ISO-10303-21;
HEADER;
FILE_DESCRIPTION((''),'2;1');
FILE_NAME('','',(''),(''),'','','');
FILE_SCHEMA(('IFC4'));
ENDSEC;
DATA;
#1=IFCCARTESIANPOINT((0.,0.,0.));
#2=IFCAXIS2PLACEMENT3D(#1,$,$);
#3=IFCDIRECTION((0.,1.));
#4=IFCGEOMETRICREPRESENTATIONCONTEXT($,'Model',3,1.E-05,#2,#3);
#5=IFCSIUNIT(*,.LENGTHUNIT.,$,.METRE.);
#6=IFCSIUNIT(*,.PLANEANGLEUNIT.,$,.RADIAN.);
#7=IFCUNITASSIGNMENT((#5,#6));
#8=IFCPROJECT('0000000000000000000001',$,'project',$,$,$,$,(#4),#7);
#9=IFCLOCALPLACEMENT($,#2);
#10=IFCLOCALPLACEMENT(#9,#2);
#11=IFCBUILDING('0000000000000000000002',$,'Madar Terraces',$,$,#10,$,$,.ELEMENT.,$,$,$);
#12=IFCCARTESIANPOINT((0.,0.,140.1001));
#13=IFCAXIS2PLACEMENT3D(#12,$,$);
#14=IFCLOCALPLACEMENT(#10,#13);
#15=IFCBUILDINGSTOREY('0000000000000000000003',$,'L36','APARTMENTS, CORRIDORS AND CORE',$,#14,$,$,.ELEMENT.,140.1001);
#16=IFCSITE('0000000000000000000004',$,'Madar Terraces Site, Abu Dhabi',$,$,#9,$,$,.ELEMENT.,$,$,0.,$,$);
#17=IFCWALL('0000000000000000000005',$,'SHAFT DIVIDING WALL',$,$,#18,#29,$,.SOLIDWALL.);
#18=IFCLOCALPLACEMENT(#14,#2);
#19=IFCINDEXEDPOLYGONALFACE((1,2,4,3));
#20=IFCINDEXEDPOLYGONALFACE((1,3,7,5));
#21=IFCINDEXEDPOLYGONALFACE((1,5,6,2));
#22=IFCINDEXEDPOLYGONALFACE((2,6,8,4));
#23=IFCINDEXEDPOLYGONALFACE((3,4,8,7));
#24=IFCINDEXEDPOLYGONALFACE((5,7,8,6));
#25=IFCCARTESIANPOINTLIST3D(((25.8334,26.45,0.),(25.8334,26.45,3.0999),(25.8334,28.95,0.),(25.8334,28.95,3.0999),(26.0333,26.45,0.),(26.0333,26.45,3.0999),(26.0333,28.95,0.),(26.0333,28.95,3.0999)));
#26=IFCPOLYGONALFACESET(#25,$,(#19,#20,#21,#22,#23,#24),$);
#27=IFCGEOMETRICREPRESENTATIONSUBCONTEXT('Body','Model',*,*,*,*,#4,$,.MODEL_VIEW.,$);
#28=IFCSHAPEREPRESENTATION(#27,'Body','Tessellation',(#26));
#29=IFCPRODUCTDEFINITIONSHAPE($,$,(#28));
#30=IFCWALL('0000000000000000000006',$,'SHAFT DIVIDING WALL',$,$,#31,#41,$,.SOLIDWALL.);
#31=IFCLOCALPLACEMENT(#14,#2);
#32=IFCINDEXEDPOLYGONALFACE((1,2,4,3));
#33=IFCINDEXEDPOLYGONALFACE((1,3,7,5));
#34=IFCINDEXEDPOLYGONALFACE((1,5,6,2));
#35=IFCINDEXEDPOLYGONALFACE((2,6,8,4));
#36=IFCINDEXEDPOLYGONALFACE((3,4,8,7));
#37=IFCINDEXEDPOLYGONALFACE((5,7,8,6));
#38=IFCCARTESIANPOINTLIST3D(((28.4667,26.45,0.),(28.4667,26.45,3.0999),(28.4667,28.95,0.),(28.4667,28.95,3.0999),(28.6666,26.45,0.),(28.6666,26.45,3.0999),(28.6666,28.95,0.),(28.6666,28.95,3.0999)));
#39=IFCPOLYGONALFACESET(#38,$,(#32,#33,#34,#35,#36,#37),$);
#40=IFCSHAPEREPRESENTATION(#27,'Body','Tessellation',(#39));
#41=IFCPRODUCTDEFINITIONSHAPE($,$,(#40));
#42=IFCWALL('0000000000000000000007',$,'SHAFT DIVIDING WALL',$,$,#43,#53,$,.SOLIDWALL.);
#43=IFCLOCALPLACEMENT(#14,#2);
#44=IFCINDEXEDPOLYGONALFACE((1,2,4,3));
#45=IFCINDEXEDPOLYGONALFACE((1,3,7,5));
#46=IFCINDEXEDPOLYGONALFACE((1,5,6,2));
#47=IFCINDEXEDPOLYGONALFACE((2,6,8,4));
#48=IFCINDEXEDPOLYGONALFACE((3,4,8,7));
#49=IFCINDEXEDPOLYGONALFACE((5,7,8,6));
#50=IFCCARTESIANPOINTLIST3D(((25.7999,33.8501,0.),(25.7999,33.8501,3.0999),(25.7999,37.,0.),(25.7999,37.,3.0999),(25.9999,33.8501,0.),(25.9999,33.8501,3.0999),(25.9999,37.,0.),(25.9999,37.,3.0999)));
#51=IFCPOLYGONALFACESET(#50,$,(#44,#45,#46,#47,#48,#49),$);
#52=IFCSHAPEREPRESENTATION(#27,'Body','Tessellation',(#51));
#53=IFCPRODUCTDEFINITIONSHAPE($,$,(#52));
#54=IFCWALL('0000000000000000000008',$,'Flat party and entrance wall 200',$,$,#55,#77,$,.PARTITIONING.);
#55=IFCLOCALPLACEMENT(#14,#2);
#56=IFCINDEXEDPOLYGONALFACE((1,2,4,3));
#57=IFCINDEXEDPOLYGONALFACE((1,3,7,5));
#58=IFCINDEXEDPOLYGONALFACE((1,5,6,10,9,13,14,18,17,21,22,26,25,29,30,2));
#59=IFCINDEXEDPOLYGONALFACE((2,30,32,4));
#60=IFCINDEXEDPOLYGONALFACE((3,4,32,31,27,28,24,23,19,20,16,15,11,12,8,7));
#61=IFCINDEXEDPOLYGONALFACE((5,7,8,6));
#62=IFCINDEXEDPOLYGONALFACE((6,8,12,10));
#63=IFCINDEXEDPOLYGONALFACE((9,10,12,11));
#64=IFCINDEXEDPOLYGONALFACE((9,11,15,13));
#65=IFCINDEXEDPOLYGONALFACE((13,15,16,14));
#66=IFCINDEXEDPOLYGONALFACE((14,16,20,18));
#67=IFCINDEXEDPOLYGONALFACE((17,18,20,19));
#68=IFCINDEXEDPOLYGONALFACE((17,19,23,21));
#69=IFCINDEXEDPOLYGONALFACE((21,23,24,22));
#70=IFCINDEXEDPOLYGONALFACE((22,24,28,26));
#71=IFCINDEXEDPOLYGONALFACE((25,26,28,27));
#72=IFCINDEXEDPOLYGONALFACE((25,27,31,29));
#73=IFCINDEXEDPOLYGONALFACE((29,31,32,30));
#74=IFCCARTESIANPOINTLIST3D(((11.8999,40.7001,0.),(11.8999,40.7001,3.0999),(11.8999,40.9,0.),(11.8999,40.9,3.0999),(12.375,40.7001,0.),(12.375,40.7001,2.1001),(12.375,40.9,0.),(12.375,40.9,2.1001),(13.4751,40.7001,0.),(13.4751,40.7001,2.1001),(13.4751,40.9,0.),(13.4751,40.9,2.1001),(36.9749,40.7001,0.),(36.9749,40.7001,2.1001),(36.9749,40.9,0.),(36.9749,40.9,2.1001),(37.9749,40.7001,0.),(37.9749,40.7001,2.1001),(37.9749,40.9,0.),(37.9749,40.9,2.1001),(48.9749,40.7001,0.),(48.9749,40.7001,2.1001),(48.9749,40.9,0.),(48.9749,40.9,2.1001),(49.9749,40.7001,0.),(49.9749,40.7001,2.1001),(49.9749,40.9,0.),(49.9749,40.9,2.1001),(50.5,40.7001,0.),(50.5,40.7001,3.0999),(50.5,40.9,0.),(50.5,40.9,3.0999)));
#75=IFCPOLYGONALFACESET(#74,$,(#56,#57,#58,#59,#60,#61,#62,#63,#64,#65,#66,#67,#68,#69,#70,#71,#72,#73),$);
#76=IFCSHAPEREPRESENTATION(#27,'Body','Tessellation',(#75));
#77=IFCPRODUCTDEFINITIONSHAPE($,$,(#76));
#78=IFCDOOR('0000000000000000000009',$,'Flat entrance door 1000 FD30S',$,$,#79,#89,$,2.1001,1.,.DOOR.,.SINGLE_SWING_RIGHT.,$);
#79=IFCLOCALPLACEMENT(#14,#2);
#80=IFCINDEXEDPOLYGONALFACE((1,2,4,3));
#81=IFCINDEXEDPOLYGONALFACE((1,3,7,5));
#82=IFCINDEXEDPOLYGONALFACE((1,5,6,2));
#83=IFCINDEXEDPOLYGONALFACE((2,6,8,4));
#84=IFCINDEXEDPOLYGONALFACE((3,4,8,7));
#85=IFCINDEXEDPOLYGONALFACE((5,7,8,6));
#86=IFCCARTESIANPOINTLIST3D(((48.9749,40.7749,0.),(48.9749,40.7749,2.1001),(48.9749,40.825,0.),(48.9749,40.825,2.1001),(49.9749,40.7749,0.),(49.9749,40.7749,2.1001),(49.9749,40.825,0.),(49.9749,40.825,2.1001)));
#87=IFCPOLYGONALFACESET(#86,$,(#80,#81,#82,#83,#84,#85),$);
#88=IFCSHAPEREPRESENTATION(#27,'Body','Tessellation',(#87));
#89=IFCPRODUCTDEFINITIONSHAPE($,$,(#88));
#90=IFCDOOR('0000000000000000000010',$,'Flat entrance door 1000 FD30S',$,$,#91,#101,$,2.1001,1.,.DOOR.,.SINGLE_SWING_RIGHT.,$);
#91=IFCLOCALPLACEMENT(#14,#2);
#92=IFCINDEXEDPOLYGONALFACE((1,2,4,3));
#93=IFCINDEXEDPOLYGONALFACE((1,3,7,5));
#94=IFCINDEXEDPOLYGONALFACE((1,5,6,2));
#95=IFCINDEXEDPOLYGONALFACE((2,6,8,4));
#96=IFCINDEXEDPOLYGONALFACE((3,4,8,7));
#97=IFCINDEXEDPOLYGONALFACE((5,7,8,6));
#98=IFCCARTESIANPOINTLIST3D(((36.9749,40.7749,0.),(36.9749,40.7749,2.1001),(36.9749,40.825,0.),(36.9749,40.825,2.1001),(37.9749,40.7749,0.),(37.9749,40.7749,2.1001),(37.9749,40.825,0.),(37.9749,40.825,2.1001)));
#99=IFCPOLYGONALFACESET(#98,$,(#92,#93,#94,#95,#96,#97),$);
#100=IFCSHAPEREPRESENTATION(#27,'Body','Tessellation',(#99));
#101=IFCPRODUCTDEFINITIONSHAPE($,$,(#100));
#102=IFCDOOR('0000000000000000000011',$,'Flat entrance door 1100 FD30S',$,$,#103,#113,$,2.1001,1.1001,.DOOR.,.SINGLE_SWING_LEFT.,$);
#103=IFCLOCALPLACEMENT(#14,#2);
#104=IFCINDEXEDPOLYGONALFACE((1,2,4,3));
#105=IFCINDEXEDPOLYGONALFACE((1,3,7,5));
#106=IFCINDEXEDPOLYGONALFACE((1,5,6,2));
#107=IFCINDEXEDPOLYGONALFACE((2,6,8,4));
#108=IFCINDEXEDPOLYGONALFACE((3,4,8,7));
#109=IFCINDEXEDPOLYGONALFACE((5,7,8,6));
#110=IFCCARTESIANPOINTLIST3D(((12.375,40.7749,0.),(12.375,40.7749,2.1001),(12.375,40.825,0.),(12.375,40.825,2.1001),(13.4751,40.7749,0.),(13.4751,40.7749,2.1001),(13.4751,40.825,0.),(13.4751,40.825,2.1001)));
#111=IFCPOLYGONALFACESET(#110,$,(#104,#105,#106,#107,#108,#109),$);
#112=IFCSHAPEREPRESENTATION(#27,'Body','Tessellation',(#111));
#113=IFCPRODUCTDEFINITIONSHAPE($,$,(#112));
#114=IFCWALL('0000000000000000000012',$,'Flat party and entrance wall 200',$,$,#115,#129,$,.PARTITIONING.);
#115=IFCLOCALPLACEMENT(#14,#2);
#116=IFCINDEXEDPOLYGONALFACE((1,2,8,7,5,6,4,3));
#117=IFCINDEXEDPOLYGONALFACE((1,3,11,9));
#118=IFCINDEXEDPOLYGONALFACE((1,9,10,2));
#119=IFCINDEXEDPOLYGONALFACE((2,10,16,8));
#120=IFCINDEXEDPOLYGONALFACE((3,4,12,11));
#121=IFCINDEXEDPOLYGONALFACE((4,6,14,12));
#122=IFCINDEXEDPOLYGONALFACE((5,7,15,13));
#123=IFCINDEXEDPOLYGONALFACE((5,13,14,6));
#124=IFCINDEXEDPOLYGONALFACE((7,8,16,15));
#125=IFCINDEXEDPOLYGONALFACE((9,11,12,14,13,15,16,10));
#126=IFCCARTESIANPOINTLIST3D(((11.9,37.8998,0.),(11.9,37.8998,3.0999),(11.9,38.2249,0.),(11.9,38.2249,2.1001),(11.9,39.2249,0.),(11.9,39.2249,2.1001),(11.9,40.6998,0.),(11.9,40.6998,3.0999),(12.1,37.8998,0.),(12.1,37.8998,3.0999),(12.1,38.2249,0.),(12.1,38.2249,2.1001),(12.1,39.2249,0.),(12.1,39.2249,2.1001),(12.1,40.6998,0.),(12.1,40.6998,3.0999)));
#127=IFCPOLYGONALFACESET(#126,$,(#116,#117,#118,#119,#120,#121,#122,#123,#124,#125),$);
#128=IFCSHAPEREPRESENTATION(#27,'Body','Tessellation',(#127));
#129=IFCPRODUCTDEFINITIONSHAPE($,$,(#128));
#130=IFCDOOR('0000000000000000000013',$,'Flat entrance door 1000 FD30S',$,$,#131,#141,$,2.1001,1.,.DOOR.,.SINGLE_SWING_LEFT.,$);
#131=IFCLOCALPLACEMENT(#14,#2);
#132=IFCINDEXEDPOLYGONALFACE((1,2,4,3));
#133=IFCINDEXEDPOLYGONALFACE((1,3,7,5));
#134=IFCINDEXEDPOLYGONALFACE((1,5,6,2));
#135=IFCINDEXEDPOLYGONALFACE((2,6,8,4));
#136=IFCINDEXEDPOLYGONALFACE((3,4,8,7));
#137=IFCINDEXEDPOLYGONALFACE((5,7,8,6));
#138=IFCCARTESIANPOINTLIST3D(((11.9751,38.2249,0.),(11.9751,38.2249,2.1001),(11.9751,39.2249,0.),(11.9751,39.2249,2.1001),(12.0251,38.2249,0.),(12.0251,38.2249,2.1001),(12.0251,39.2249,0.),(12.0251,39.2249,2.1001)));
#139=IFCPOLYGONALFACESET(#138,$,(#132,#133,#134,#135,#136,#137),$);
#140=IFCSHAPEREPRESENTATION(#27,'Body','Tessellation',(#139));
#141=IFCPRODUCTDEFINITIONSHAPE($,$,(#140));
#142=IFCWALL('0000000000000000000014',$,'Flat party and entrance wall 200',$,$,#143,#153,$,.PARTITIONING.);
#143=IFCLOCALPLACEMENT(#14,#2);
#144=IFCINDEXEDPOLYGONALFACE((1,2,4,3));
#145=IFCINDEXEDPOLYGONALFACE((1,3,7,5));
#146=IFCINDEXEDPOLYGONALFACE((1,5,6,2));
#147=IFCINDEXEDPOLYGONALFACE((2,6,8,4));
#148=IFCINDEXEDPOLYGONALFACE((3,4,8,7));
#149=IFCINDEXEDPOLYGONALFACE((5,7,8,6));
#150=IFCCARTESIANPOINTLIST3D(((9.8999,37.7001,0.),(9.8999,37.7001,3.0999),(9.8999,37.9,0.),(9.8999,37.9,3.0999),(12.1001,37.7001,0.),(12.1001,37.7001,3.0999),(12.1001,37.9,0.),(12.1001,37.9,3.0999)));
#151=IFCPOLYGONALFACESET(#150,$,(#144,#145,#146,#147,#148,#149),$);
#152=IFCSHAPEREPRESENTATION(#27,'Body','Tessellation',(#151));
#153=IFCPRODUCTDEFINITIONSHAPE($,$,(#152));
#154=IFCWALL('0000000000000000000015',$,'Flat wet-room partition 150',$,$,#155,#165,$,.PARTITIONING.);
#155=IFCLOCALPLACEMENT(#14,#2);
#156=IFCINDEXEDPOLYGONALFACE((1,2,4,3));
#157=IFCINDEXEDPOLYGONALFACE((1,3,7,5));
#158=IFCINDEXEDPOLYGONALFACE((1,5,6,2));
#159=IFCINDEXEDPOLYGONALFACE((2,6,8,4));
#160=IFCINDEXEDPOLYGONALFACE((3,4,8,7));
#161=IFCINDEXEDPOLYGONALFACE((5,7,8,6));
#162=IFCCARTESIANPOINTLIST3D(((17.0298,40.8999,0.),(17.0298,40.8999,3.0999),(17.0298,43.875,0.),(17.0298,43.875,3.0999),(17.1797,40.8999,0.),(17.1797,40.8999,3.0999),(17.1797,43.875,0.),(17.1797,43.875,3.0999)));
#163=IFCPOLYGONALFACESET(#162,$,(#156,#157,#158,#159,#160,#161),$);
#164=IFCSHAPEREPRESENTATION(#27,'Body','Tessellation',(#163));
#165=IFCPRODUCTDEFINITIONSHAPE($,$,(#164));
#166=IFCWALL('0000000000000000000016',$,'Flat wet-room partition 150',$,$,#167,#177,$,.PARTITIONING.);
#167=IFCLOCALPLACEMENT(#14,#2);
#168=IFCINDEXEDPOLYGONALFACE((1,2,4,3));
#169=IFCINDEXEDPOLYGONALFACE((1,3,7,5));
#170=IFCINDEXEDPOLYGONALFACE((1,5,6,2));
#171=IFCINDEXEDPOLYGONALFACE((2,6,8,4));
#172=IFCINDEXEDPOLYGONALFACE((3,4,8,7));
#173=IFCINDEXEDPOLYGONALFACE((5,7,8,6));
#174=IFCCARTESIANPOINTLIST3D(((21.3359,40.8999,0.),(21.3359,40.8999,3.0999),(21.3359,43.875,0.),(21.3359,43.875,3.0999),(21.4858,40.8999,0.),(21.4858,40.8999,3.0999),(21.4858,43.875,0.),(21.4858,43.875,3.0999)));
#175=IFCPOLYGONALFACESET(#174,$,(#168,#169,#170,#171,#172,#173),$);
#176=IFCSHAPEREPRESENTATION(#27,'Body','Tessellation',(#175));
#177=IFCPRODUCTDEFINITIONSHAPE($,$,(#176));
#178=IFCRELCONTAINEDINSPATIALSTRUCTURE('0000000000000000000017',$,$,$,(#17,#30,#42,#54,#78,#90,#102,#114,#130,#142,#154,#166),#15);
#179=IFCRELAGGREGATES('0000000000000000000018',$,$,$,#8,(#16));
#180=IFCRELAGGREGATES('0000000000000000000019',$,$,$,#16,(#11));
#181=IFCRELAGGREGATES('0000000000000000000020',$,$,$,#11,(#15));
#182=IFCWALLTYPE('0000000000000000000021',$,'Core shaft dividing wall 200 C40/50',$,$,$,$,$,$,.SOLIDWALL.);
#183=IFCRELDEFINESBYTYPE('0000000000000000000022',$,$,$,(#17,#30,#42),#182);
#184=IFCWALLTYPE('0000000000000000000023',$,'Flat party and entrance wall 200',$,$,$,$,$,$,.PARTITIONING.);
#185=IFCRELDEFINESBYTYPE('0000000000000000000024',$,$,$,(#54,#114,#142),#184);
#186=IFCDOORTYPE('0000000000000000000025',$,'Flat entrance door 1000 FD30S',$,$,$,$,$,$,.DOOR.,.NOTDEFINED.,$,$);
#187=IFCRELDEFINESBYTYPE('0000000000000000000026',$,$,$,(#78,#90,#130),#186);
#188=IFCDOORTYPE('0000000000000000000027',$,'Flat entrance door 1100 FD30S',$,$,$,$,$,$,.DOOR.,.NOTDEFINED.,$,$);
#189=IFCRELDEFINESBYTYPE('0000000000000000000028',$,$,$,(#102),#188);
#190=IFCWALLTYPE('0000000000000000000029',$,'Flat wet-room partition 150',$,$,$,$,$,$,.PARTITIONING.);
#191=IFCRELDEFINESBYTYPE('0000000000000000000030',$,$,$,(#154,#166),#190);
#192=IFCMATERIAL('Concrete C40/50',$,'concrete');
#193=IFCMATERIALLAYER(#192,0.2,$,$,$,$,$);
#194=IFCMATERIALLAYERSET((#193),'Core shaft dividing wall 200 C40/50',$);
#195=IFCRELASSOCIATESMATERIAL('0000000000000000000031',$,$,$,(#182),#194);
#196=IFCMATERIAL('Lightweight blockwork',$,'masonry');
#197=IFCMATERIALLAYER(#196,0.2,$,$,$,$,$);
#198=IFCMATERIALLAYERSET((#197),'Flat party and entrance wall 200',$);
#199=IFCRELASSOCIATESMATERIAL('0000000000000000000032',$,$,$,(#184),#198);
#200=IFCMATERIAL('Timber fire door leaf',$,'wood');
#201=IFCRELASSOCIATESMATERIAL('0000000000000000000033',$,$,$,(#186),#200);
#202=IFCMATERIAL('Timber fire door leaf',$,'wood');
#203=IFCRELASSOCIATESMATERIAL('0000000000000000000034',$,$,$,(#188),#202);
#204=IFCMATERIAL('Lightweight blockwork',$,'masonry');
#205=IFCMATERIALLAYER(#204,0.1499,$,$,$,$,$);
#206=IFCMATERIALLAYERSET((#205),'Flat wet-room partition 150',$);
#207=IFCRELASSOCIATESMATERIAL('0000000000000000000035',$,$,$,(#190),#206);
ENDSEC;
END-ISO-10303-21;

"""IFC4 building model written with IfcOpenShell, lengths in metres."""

from ifc_helpers import new_model, si_unit, direction, frame, frame_2d, origin, place, context, subcontext, project, spatial, rectangle, extrude, material, layer, layer_set, type_object, element, fill, save


model = new_model("IFC4")

# Units and contexts
model_context = context("Model", 3, precision=1e-05, world=origin(), true_north=direction((0.0, 1.0)))
body_context = subcontext(model_context, "Body", "Model", "MODEL_VIEW")
ifc_project = project(units=[si_unit("LENGTHUNIT", "METRE"), si_unit("PLANEANGLEUNIT", "RADIAN")], contexts=[model_context])

# Site, building, storey
site_placement = place(None, origin())
site = spatial("IfcSite", under=ifc_project, at=site_placement, Name="Madar Terraces Site, Abu Dhabi", CompositionType="ELEMENT", RefElevation=0.0)
building_placement = place(site_placement, origin())
building = spatial("IfcBuilding", under=site, at=building_placement, Name="Madar Terraces", CompositionType="ELEMENT")
storey_placement = place(building_placement, frame((0.0, 0.0, 140.1001)))
storey = spatial("IfcBuildingStorey", under=building, at=storey_placement, Name="L36", Description="APARTMENTS, CORRIDORS AND CORE", CompositionType="ELEMENT", Elevation=140.1001)

# Walls
ifc_material_1 = material(Name="Concrete C40/50", Category="concrete")
ifc_layer_1 = layer(ifc_material_1, 0.2)
ifc_layer_set_1 = layer_set([ifc_layer_1], Name="Core shaft dividing wall 200 C40/50")
wall_type_1 = type_object("IfcWallType", Name="Core shaft dividing wall 200 C40/50", PredefinedType="SOLIDWALL", material=ifc_layer_set_1)
for number, where, z_axis, x_axis, name in (
    (1, (25.9333, 26.45, 0.0), (0.0, 0.0, 1.0), (0.0, 1.0, 0.0), "SHAFT DIVIDING WALL"),
    (2, (28.5667, 26.45, 0.0), (0.0, 0.0, 1.0), (0.0, 1.0, 0.0), "SHAFT DIVIDING WALL"),
):
    element("IfcWall", number, at=place(storey_placement, frame(where, z_axis=z_axis, x_axis=x_axis)), inside=storey, type_object=wall_type_1, Name=name, PredefinedType="SOLIDWALL", context=body_context, shape_type="SweptSolid", body=[
        extrude(rectangle(XDim=2.5, YDim=0.2, at=frame_2d((1.25, 0.0))), origin(), (0.0, 0.0, 1.0), 3.0999),
    ])
wall_1_placement = place(storey_placement, frame((25.8999, 33.8501, 0.0), z_axis=(0.0, 0.0, 1.0), x_axis=(0.0, 1.0, 0.0)))
element("IfcWall", 3, at=wall_1_placement, inside=storey, type_object=wall_type_1, Name="SHAFT DIVIDING WALL", PredefinedType="SOLIDWALL", context=body_context, shape_type="SweptSolid", body=[
    extrude(rectangle(XDim=3.1499, YDim=0.2, at=frame_2d((1.575, 0.0))), origin(), (0.0, 0.0, 1.0), 3.0999),
])

# Wall, openings, doors
ifc_material_2 = material(Name="Lightweight blockwork", Category="masonry")
ifc_layer_2 = layer(ifc_material_2, 0.2)
ifc_layer_set_2 = layer_set([ifc_layer_2], Name="Flat party and entrance wall 200")
wall_type_2 = type_object("IfcWallType", Name="Flat party and entrance wall 200", PredefinedType="PARTITIONING", material=ifc_layer_set_2)
wall_2_placement = place(storey_placement, frame((11.8999, 40.8, 0.0), z_axis=(0.0, 0.0, 1.0), x_axis=(1.0, 0.0, 0.0)))
wall_2 = element("IfcWall", 4, at=wall_2_placement, inside=storey, type_object=wall_type_2, Name="Flat party and entrance wall 200", PredefinedType="PARTITIONING", context=body_context, shape_type="SweptSolid", body=[
    extrude(rectangle(XDim=38.6001, YDim=0.2, at=frame_2d((19.3, 0.0))), origin(), (0.0, 0.0, 1.0), 3.0999),
])
opening_1_placement = place(wall_2_placement, frame((37.075, 0.0, 0.0)))
opening_1 = element("IfcOpeningElement", 5, at=opening_1_placement, cuts=wall_2, PredefinedType="OPENING", context=body_context, shape_type="SweptSolid", body=[
    extrude(rectangle(XDim=1.0, YDim=2.1001, at=frame_2d((0.5, 1.05))), frame((0.0, 0.1099, 0.0), z_axis=(0.0, -1.0, 0.0), x_axis=(1.0, 0.0, 0.0)), (0.0, 0.0, 1.0), 0.22),
])
opening_2_placement = place(wall_2_placement, frame((25.075, 0.0, 0.0)))
opening_2 = element("IfcOpeningElement", 6, at=opening_2_placement, cuts=wall_2, PredefinedType="OPENING", context=body_context, shape_type="SweptSolid", body=[
    extrude(rectangle(XDim=1.0, YDim=2.1001, at=frame_2d((0.5, 1.05))), frame((0.0, 0.1099, 0.0), z_axis=(0.0, -1.0, 0.0), x_axis=(1.0, 0.0, 0.0)), (0.0, 0.0, 1.0), 0.22),
])
opening_3_placement = place(wall_2_placement, frame((0.4751, 0.0, 0.0)))
opening_3 = element("IfcOpeningElement", 7, at=opening_3_placement, cuts=wall_2, PredefinedType="OPENING", context=body_context, shape_type="SweptSolid", body=[
    extrude(rectangle(XDim=1.1001, YDim=2.1001, at=frame_2d((0.55, 1.05))), frame((0.0, 0.1099, 0.0), z_axis=(0.0, -1.0, 0.0), x_axis=(1.0, 0.0, 0.0)), (0.0, 0.0, 1.0), 0.22),
])
ifc_material_3 = material(Name="Timber fire door leaf", Category="wood")
door_type_1 = type_object("IfcDoorType", Name="Flat entrance door 1000 FD30S", OperationType="NOTDEFINED", PredefinedType="DOOR", material=ifc_material_3)
door_1_placement = place(opening_1_placement, origin())
door_1 = element("IfcDoor", 8, at=door_1_placement, inside=storey, type_object=door_type_1, Name="Flat entrance door 1000 FD30S", OperationType="SINGLE_SWING_RIGHT", OverallHeight=2.1001, OverallWidth=1.0, PredefinedType="DOOR", context=body_context, shape_type="SweptSolid", body=[
    extrude(rectangle(XDim=1.0, YDim=2.1001, at=frame_2d((0.5, 1.05))), frame((0.0, 0.0249, 0.0), z_axis=(0.0, -1.0, 0.0), x_axis=(1.0, 0.0, 0.0)), (0.0, 0.0, 1.0), 0.05),
])
fill(opening_1, door_1)
door_2_placement = place(opening_2_placement, origin())
door_2 = element("IfcDoor", 9, at=door_2_placement, inside=storey, type_object=door_type_1, Name="Flat entrance door 1000 FD30S", OperationType="SINGLE_SWING_RIGHT", OverallHeight=2.1001, OverallWidth=1.0, PredefinedType="DOOR", context=body_context, shape_type="SweptSolid", body=[
    extrude(rectangle(XDim=1.0, YDim=2.1001, at=frame_2d((0.5, 1.05))), frame((0.0, 0.0249, 0.0), z_axis=(0.0, -1.0, 0.0), x_axis=(1.0, 0.0, 0.0)), (0.0, 0.0, 1.0), 0.05),
])
fill(opening_2, door_2)
ifc_material_4 = material(Name="Timber fire door leaf", Category="wood")
door_type_2 = type_object("IfcDoorType", Name="Flat entrance door 1100 FD30S", OperationType="NOTDEFINED", PredefinedType="DOOR", material=ifc_material_4)
door_3_placement = place(opening_3_placement, origin())
door_3 = element("IfcDoor", 10, at=door_3_placement, inside=storey, type_object=door_type_2, Name="Flat entrance door 1100 FD30S", OperationType="SINGLE_SWING_LEFT", OverallHeight=2.1001, OverallWidth=1.1001, PredefinedType="DOOR", context=body_context, shape_type="SweptSolid", body=[
    extrude(rectangle(XDim=1.1001, YDim=2.1001, at=frame_2d((0.55, 1.05))), frame((0.0, 0.0249, 0.0), z_axis=(0.0, -1.0, 0.0), x_axis=(1.0, 0.0, 0.0)), (0.0, 0.0, 1.0), 0.05),
])
fill(opening_3, door_3)

# Wall, opening, door
wall_3_placement = place(storey_placement, frame((12.0, 37.8999, 0.0), z_axis=(0.0, 0.0, 1.0), x_axis=(0.0, 1.0, 0.0)))
wall_3 = element("IfcWall", 11, at=wall_3_placement, inside=storey, type_object=wall_type_2, Name="Flat party and entrance wall 200", PredefinedType="PARTITIONING", context=body_context, shape_type="SweptSolid", body=[
    extrude(rectangle(XDim=2.8, YDim=0.2, at=frame_2d((1.3999, 0.0))), origin(), (0.0, 0.0, 1.0), 3.0999),
])
opening_4_placement = place(wall_3_placement, frame((0.325, 0.0, 0.0)))
opening_4 = element("IfcOpeningElement", 12, at=opening_4_placement, cuts=wall_3, PredefinedType="OPENING", context=body_context, shape_type="SweptSolid", body=[
    extrude(rectangle(XDim=1.0, YDim=2.1001, at=frame_2d((0.5, 1.05))), frame((0.0, 0.1099, 0.0), z_axis=(0.0, -1.0, 0.0), x_axis=(1.0, 0.0, 0.0)), (0.0, 0.0, 1.0), 0.22),
])
door_4_placement = place(opening_4_placement, origin())
door_4 = element("IfcDoor", 13, at=door_4_placement, inside=storey, type_object=door_type_1, Name="Flat entrance door 1000 FD30S", OperationType="SINGLE_SWING_LEFT", OverallHeight=2.1001, OverallWidth=1.0, PredefinedType="DOOR", context=body_context, shape_type="SweptSolid", body=[
    extrude(rectangle(XDim=1.0, YDim=2.1001, at=frame_2d((0.5, 1.05))), frame((0.0, 0.0249, 0.0), z_axis=(0.0, -1.0, 0.0), x_axis=(1.0, 0.0, 0.0)), (0.0, 0.0, 1.0), 0.05),
])
fill(opening_4, door_4)

# Walls
wall_4_placement = place(storey_placement, frame((12.1001, 37.8, 0.0), z_axis=(0.0, 0.0, 1.0), x_axis=(-1.0, 0.0, 0.0)))
element("IfcWall", 14, at=wall_4_placement, inside=storey, type_object=wall_type_2, Name="Flat party and entrance wall 200", PredefinedType="PARTITIONING", context=body_context, shape_type="SweptSolid", body=[
    extrude(rectangle(XDim=2.2002, YDim=0.2, at=frame_2d((1.1001, 0.0))), origin(), (0.0, 0.0, 1.0), 3.0999),
])
ifc_material_5 = material(Name="Lightweight blockwork", Category="masonry")
ifc_layer_3 = layer(ifc_material_5, 0.1499)
ifc_layer_set_3 = layer_set([ifc_layer_3], Name="Flat wet-room partition 150")
wall_type_3 = type_object("IfcWallType", Name="Flat wet-room partition 150", PredefinedType="PARTITIONING", material=ifc_layer_set_3)
for number, where, z_axis, x_axis, name in (
    (15, (17.1047, 40.8999, 0.0), (0.0, 0.0, 1.0), (0.0, 1.0, 0.0), "Flat wet-room partition 150"),
    (16, (21.4109, 40.8999, 0.0), (0.0, 0.0, 1.0), (0.0, 1.0, 0.0), "Flat wet-room partition 150"),
):
    element("IfcWall", number, at=place(storey_placement, frame(where, z_axis=z_axis, x_axis=x_axis)), inside=storey, type_object=wall_type_3, Name=name, PredefinedType="PARTITIONING", context=body_context, shape_type="SweptSolid", body=[
        extrude(rectangle(XDim=2.9751, YDim=0.1499, at=frame_2d((1.4875, 0.0))), origin(), (0.0, 0.0, 1.0), 3.0999),
    ])

save(model, "model.ifc")
